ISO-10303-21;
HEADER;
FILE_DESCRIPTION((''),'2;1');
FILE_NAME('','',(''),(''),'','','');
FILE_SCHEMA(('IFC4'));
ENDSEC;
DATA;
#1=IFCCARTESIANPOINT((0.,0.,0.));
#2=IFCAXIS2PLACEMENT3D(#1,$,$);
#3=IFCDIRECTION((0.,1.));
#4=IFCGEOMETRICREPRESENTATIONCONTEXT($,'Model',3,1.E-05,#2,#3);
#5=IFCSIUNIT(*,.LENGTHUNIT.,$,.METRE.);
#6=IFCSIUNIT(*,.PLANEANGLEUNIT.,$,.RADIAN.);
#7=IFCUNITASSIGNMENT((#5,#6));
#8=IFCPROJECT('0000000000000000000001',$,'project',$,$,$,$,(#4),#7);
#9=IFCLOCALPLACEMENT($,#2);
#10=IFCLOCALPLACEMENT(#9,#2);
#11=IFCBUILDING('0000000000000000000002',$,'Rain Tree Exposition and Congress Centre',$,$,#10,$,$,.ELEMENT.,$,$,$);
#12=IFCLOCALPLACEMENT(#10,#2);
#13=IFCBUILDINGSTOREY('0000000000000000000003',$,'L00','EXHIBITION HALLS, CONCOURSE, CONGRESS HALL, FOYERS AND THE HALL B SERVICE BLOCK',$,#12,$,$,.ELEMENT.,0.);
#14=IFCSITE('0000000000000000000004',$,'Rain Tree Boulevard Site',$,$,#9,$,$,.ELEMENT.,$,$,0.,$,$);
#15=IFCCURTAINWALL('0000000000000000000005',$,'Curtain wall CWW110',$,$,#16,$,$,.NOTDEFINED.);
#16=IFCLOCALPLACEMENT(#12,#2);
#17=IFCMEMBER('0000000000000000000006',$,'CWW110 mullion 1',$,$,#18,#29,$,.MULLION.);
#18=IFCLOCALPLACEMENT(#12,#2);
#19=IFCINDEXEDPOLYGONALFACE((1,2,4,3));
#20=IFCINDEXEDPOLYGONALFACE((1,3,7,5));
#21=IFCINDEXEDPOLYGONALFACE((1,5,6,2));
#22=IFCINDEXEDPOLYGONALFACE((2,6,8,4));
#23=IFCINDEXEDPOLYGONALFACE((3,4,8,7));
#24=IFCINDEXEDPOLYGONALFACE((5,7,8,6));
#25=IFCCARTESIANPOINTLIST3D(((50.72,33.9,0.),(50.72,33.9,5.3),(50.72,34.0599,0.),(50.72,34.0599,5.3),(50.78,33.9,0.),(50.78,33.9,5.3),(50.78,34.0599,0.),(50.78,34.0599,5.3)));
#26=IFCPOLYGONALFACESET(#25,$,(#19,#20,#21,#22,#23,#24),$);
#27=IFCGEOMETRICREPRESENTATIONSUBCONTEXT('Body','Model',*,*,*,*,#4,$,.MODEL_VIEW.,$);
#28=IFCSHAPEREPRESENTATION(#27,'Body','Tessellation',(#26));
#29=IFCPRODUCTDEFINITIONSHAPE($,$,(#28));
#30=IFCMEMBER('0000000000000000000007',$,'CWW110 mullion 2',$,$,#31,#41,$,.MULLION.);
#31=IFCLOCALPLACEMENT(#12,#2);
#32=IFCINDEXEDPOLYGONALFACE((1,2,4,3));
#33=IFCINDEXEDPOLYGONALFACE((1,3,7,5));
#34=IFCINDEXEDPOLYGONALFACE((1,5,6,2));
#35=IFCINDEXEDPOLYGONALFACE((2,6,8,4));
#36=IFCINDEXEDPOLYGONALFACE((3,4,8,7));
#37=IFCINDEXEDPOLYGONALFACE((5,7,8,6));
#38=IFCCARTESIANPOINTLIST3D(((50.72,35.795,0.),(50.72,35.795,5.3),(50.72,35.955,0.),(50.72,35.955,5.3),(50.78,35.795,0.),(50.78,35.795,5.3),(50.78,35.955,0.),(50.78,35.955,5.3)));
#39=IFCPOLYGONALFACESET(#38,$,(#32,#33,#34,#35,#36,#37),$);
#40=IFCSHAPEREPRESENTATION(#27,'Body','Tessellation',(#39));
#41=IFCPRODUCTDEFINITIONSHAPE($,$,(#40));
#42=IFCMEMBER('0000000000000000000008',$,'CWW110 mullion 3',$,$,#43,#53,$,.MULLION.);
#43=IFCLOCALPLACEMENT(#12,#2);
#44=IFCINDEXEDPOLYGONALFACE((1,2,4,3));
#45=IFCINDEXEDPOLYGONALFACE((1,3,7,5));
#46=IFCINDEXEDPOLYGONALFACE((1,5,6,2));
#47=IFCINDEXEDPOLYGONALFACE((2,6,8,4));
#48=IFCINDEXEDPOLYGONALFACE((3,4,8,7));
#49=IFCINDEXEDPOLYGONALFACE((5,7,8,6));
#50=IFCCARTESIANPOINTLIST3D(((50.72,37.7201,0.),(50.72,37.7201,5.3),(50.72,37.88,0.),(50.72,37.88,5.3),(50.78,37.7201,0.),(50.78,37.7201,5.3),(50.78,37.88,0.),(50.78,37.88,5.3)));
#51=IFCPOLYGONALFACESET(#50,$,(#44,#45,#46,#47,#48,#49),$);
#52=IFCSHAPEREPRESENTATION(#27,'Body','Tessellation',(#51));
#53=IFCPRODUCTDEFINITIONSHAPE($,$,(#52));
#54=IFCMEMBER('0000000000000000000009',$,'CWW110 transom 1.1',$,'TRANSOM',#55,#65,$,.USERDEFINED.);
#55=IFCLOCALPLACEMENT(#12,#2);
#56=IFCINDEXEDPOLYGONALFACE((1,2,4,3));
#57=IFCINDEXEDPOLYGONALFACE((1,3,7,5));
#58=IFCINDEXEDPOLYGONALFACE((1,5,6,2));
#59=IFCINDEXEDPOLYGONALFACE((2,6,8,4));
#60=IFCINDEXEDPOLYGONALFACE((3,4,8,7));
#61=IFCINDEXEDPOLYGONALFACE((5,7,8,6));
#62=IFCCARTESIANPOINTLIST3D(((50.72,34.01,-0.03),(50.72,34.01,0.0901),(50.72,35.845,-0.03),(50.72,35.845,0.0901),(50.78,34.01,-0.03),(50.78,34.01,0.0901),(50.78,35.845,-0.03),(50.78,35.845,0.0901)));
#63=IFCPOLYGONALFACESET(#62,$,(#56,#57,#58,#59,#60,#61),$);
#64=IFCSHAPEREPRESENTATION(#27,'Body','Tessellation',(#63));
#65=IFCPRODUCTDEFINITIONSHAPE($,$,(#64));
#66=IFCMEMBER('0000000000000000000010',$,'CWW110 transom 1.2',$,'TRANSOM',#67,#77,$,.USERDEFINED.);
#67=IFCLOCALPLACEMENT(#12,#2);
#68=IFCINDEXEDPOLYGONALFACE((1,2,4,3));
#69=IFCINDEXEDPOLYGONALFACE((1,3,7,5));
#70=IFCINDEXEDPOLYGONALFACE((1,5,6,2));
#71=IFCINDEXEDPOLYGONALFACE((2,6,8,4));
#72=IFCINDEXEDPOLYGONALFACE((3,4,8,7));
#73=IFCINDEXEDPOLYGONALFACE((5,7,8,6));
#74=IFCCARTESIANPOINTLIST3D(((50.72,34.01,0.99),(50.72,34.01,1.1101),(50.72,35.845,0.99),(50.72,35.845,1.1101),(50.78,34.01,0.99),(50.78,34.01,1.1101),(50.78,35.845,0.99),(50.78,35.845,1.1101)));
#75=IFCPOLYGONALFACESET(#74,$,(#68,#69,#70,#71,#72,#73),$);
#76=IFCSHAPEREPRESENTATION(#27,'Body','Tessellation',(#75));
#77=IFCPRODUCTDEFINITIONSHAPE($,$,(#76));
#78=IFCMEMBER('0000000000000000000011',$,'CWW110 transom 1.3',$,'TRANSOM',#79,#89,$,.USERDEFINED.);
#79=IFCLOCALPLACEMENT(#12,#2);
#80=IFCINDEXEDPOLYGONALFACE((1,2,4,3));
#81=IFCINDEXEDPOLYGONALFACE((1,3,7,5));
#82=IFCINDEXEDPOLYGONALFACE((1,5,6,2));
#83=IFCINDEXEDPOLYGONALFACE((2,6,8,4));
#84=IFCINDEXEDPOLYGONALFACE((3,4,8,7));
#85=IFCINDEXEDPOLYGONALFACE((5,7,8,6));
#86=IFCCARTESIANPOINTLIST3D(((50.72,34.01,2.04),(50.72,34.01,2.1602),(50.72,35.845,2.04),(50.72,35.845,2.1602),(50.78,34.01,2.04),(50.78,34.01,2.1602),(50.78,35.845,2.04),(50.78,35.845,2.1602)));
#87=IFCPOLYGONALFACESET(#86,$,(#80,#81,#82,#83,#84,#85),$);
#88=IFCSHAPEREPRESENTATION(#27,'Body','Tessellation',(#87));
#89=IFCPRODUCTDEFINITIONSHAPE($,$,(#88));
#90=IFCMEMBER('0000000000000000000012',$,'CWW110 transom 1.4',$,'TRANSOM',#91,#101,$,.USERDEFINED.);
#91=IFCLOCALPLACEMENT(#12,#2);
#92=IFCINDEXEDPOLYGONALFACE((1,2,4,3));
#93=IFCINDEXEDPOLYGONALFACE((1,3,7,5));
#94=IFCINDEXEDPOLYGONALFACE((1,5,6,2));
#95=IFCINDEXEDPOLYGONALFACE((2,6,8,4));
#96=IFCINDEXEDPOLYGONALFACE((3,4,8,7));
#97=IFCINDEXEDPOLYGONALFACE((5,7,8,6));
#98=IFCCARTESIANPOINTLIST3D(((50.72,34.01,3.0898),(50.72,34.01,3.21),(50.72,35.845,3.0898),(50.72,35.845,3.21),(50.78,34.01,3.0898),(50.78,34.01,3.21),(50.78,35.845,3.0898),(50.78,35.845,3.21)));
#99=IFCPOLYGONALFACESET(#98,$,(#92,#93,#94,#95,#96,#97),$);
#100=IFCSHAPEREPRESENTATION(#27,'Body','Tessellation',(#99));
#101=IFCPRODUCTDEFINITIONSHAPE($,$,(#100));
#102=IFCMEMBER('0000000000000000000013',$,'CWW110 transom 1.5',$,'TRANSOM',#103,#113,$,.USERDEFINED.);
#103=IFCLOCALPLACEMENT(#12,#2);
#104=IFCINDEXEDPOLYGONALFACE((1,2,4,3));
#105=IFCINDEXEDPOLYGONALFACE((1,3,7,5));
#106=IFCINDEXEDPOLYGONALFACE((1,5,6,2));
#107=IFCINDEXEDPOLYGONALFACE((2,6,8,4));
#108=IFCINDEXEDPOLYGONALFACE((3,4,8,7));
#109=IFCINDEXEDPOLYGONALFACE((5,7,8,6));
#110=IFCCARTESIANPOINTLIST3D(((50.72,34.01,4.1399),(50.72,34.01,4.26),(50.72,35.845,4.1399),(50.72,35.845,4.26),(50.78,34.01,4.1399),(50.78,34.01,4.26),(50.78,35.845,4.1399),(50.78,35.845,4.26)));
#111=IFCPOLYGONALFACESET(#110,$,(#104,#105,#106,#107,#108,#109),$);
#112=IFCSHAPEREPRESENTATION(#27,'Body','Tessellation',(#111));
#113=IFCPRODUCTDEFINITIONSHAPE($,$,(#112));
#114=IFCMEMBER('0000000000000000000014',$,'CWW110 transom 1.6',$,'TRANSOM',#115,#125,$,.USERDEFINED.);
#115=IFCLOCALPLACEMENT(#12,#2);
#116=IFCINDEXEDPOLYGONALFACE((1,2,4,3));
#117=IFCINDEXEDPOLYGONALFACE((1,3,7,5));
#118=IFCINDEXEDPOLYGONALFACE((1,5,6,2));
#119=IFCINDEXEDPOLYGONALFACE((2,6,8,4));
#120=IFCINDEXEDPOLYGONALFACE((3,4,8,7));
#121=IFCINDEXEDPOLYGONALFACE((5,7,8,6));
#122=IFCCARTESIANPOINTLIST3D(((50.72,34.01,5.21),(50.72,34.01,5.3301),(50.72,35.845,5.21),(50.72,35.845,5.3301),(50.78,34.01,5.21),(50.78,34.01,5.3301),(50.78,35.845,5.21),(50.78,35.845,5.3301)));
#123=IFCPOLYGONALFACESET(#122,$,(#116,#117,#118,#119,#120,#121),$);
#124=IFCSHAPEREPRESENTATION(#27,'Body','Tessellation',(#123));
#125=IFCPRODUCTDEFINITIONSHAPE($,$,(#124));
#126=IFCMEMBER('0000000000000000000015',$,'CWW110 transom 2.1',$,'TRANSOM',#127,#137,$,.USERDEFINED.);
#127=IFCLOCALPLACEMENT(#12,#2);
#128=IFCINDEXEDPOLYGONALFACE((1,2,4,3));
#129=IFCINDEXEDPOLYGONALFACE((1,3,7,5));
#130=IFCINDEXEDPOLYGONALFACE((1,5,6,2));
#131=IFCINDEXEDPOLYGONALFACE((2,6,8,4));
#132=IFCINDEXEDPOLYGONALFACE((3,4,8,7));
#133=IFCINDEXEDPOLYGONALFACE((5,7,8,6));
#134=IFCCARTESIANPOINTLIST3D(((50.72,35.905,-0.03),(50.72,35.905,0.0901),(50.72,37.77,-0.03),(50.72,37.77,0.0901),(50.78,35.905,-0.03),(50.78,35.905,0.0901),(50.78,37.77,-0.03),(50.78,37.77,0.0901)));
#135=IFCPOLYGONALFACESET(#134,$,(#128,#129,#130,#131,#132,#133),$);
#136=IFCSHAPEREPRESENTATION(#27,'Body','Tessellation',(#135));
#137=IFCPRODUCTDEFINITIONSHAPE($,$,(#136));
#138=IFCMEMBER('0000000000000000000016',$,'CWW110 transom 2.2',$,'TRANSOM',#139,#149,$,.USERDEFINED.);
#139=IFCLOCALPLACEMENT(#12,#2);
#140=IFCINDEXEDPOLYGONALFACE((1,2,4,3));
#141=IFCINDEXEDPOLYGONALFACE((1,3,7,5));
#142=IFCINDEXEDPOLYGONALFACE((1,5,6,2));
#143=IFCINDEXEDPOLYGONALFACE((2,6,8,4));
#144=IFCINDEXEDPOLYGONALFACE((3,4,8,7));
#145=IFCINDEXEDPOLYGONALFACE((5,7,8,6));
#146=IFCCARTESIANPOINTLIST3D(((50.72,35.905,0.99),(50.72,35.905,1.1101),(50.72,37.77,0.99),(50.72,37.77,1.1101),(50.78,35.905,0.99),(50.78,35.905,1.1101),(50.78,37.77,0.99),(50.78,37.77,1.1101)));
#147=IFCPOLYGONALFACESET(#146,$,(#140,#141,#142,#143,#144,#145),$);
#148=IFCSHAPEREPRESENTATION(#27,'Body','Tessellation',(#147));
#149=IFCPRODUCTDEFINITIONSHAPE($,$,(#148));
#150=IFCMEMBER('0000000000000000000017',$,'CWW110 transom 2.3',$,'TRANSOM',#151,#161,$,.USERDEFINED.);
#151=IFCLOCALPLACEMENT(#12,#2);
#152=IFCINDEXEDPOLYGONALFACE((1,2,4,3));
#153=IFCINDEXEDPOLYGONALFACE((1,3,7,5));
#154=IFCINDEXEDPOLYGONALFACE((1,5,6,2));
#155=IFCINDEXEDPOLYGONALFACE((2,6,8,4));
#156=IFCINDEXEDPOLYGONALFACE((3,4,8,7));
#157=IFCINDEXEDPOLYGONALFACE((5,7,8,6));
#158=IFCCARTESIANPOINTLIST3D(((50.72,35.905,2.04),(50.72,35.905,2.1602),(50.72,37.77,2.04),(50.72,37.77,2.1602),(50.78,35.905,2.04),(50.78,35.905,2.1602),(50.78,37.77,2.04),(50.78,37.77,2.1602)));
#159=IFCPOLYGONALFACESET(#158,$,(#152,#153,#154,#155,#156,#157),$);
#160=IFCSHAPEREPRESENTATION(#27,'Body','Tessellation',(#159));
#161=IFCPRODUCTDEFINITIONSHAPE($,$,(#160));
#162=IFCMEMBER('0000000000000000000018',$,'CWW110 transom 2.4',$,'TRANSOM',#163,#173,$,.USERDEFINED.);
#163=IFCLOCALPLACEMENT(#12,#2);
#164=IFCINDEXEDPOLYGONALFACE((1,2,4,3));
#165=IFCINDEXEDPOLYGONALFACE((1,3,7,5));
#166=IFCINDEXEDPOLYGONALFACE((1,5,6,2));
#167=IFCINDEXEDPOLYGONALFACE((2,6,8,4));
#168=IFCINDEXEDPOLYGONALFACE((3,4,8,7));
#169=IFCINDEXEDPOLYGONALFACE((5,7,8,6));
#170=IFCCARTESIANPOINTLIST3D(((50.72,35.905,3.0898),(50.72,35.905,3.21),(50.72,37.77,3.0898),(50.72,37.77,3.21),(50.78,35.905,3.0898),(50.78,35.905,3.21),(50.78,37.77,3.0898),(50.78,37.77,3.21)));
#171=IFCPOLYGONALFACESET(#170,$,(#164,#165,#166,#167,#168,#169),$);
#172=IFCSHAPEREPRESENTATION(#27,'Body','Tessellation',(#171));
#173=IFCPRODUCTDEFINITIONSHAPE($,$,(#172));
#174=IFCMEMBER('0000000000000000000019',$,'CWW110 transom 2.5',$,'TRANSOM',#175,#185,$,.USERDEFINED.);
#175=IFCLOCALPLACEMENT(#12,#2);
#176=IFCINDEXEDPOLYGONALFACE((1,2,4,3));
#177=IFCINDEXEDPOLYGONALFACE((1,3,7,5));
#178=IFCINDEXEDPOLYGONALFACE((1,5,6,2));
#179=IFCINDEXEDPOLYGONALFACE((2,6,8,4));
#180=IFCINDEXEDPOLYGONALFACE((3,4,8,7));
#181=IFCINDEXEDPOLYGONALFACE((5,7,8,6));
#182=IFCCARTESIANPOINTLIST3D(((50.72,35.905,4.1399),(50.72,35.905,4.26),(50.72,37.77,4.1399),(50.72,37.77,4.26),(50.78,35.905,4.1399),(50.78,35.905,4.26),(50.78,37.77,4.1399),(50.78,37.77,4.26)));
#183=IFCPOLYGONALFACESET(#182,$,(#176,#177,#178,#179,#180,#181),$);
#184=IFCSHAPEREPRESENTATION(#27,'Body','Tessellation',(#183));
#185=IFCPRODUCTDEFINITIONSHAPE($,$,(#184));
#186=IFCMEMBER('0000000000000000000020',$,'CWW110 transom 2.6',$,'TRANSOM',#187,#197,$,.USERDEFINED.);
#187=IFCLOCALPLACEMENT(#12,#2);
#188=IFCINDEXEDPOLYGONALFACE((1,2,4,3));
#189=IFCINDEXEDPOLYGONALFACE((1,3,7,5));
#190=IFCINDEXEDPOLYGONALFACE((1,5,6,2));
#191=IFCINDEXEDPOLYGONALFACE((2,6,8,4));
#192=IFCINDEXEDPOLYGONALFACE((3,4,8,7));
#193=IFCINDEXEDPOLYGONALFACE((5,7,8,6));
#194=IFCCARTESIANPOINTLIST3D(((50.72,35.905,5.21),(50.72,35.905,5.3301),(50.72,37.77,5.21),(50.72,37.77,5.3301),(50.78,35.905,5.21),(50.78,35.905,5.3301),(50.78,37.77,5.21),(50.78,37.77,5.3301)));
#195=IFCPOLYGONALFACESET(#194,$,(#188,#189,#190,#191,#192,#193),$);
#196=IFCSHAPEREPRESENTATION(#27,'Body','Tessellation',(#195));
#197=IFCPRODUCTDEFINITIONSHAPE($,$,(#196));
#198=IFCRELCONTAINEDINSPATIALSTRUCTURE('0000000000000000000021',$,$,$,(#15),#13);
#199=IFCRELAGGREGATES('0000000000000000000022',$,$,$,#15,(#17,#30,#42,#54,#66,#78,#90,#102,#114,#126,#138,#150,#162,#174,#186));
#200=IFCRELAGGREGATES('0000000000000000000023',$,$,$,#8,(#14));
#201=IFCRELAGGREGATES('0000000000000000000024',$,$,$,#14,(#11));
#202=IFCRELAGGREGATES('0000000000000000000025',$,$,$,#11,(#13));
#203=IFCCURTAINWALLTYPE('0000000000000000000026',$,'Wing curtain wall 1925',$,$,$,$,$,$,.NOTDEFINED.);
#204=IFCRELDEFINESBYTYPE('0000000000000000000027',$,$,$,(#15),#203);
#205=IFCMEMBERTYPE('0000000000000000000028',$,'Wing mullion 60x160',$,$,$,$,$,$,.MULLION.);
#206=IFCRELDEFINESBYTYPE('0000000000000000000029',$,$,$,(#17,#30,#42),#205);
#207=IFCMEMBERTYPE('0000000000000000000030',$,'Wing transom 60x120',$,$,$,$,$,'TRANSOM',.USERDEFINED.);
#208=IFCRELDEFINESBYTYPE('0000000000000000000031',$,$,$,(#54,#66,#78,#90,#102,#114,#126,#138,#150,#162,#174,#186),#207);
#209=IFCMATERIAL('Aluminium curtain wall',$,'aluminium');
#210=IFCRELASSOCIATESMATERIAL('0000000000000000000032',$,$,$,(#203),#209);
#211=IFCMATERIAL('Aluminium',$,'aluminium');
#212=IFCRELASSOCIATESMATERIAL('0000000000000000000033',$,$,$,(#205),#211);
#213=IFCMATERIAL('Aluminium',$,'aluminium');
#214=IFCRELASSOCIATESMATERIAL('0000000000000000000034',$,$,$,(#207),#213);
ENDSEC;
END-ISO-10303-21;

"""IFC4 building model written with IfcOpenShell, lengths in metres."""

from ifc_helpers import new_model, si_unit, direction, frame, origin, origin_2d, place, context, subcontext, project, spatial, rectangle, extrude, material, material_profile, profile_set, type_object, element, aggregate, save


model = new_model("IFC4")

# Units and contexts
model_context = context("Model", 3, precision=1e-05, world=origin(), true_north=direction((0.0, 1.0)))
body_context = subcontext(model_context, "Body", "Model", "MODEL_VIEW")
ifc_project = project(units=[si_unit("LENGTHUNIT", "METRE"), si_unit("PLANEANGLEUNIT", "RADIAN")], contexts=[model_context])

# Site, building, storey
site_placement = place(None, origin())
site = spatial("IfcSite", under=ifc_project, at=site_placement, Name="Rain Tree Boulevard Site", CompositionType="ELEMENT", RefElevation=0.0)
building_placement = place(site_placement, origin())
building = spatial("IfcBuilding", under=site, at=building_placement, Name="Rain Tree Exposition and Congress Centre", CompositionType="ELEMENT")
storey_placement = place(building_placement, origin())
storey = spatial("IfcBuildingStorey", under=building, at=storey_placement, Name="L00", Description="EXHIBITION HALLS, CONCOURSE, CONGRESS HALL, FOYERS AND THE HALL B SERVICE BLOCK", CompositionType="ELEMENT", Elevation=0.0)

# Curtain wall, members
ifc_material_1 = material(Name="Aluminium curtain wall", Category="aluminium")
curtain_wall_type = type_object("IfcCurtainWallType", Name="Wing curtain wall 1925", PredefinedType="NOTDEFINED", material=ifc_material_1)
curtain_wall_placement = place(storey_placement, origin())
curtain_wall = element("IfcCurtainWall", 1, at=curtain_wall_placement, inside=storey, type_object=curtain_wall_type, Name="Curtain wall CWW110", PredefinedType="NOTDEFINED")
ifc_material_2 = material(Name="Aluminium", Category="aluminium")
ifc_material_profile_1 = material_profile(ifc_material_2, rectangle(XDim=0.0601, YDim=0.1599, at=origin_2d()), Name="Aluminium 60x160")
ifc_profile_set_1 = profile_set([ifc_material_profile_1], Name="Aluminium")
member_type_1 = type_object("IfcMemberType", Name="Wing mullion 60x160", PredefinedType="MULLION", material=ifc_profile_set_1)
member_1_placement = place(storey_placement, frame((50.75, 33.98, 0.0), z_axis=(0.0, 0.0, 1.0), x_axis=(-1.0, 0.0, 0.0)))
member_1 = element("IfcMember", 2, at=member_1_placement, type_object=member_type_1, Name="CWW110 mullion 1", PredefinedType="MULLION", context=body_context, shape_type="SweptSolid", body=[
    extrude(rectangle(XDim=0.0601, YDim=0.1599, at=origin_2d()), origin(), (0.0, 0.0, 1.0), 5.3),
])
member_2_placement = place(storey_placement, frame((50.75, 35.875, 0.0), z_axis=(0.0, 0.0, 1.0), x_axis=(-1.0, 0.0, 0.0)))
member_2 = element("IfcMember", 3, at=member_2_placement, type_object=member_type_1, Name="CWW110 mullion 2", PredefinedType="MULLION", context=body_context, shape_type="SweptSolid", body=[
    extrude(rectangle(XDim=0.0601, YDim=0.1599, at=origin_2d()), origin(), (0.0, 0.0, 1.0), 5.3),
])
member_3_placement = place(storey_placement, frame((50.75, 37.8, 0.0), z_axis=(0.0, 0.0, 1.0), x_axis=(-1.0, 0.0, 0.0)))
member_3 = element("IfcMember", 4, at=member_3_placement, type_object=member_type_1, Name="CWW110 mullion 3", PredefinedType="MULLION", context=body_context, shape_type="SweptSolid", body=[
    extrude(rectangle(XDim=0.0601, YDim=0.1599, at=origin_2d()), origin(), (0.0, 0.0, 1.0), 5.3),
])
ifc_material_3 = material(Name="Aluminium", Category="aluminium")
ifc_material_profile_2 = material_profile(ifc_material_3, rectangle(XDim=0.0601, YDim=0.1201, at=origin_2d()), Name="Aluminium 60x120")
ifc_profile_set_2 = profile_set([ifc_material_profile_2], Name="Aluminium")
member_type_2 = type_object("IfcMemberType", Name="Wing transom 60x120", ElementType="TRANSOM", PredefinedType="USERDEFINED", material=ifc_profile_set_2)
member_4_placement = place(storey_placement, frame((50.75, 34.01, 0.03), z_axis=(0.0, 1.0, 0.0), x_axis=(-1.0, 0.0, 0.0)))
member_4 = element("IfcMember", 5, at=member_4_placement, type_object=member_type_2, Name="CWW110 transom 1.1", ObjectType="TRANSOM", PredefinedType="USERDEFINED", context=body_context, shape_type="SweptSolid", body=[
    extrude(rectangle(XDim=0.0601, YDim=0.1201, at=origin_2d()), origin(), (0.0, 0.0, 1.0), 1.835),
])
member_5_placement = place(storey_placement, frame((50.75, 34.01, 1.05), z_axis=(0.0, 1.0, 0.0), x_axis=(-1.0, 0.0, 0.0)))
member_5 = element("IfcMember", 6, at=member_5_placement, type_object=member_type_2, Name="CWW110 transom 1.2", ObjectType="TRANSOM", PredefinedType="USERDEFINED", context=body_context, shape_type="SweptSolid", body=[
    extrude(rectangle(XDim=0.0601, YDim=0.1201, at=origin_2d()), origin(), (0.0, 0.0, 1.0), 1.835),
])
member_6_placement = place(storey_placement, frame((50.75, 34.01, 2.1001), z_axis=(0.0, 1.0, 0.0), x_axis=(-1.0, 0.0, 0.0)))
member_6 = element("IfcMember", 7, at=member_6_placement, type_object=member_type_2, Name="CWW110 transom 1.3", ObjectType="TRANSOM", PredefinedType="USERDEFINED", context=body_context, shape_type="SweptSolid", body=[
    extrude(rectangle(XDim=0.0601, YDim=0.1201, at=origin_2d()), origin(), (0.0, 0.0, 1.0), 1.835),
])
member_7_placement = place(storey_placement, frame((50.75, 34.01, 3.1499), z_axis=(0.0, 1.0, 0.0), x_axis=(-1.0, 0.0, 0.0)))
member_7 = element("IfcMember", 8, at=member_7_placement, type_object=member_type_2, Name="CWW110 transom 1.4", ObjectType="TRANSOM", PredefinedType="USERDEFINED", context=body_context, shape_type="SweptSolid", body=[
    extrude(rectangle(XDim=0.0601, YDim=0.1201, at=origin_2d()), origin(), (0.0, 0.0, 1.0), 1.835),
])
member_8_placement = place(storey_placement, frame((50.75, 34.01, 4.2), z_axis=(0.0, 1.0, 0.0), x_axis=(-1.0, 0.0, 0.0)))
member_8 = element("IfcMember", 9, at=member_8_placement, type_object=member_type_2, Name="CWW110 transom 1.5", ObjectType="TRANSOM", PredefinedType="USERDEFINED", context=body_context, shape_type="SweptSolid", body=[
    extrude(rectangle(XDim=0.0601, YDim=0.1201, at=origin_2d()), origin(), (0.0, 0.0, 1.0), 1.835),
])
member_9_placement = place(storey_placement, frame((50.75, 34.01, 5.27), z_axis=(0.0, 1.0, 0.0), x_axis=(-1.0, 0.0, 0.0)))
member_9 = element("IfcMember", 10, at=member_9_placement, type_object=member_type_2, Name="CWW110 transom 1.6", ObjectType="TRANSOM", PredefinedType="USERDEFINED", context=body_context, shape_type="SweptSolid", body=[
    extrude(rectangle(XDim=0.0601, YDim=0.1201, at=origin_2d()), origin(), (0.0, 0.0, 1.0), 1.835),
])
member_10_placement = place(storey_placement, frame((50.75, 35.905, 0.03), z_axis=(0.0, 1.0, 0.0), x_axis=(-1.0, 0.0, 0.0)))
member_10 = element("IfcMember", 11, at=member_10_placement, type_object=member_type_2, Name="CWW110 transom 2.1", ObjectType="TRANSOM", PredefinedType="USERDEFINED", context=body_context, shape_type="SweptSolid", body=[
    extrude(rectangle(XDim=0.0601, YDim=0.1201, at=origin_2d()), origin(), (0.0, 0.0, 1.0), 1.865),
])
member_11_placement = place(storey_placement, frame((50.75, 35.905, 1.05), z_axis=(0.0, 1.0, 0.0), x_axis=(-1.0, 0.0, 0.0)))
member_11 = element("IfcMember", 12, at=member_11_placement, type_object=member_type_2, Name="CWW110 transom 2.2", ObjectType="TRANSOM", PredefinedType="USERDEFINED", context=body_context, shape_type="SweptSolid", body=[
    extrude(rectangle(XDim=0.0601, YDim=0.1201, at=origin_2d()), origin(), (0.0, 0.0, 1.0), 1.865),
])
member_12_placement = place(storey_placement, frame((50.75, 35.905, 2.1001), z_axis=(0.0, 1.0, 0.0), x_axis=(-1.0, 0.0, 0.0)))
member_12 = element("IfcMember", 13, at=member_12_placement, type_object=member_type_2, Name="CWW110 transom 2.3", ObjectType="TRANSOM", PredefinedType="USERDEFINED", context=body_context, shape_type="SweptSolid", body=[
    extrude(rectangle(XDim=0.0601, YDim=0.1201, at=origin_2d()), origin(), (0.0, 0.0, 1.0), 1.865),
])
member_13_placement = place(storey_placement, frame((50.75, 35.905, 3.1499), z_axis=(0.0, 1.0, 0.0), x_axis=(-1.0, 0.0, 0.0)))
member_13 = element("IfcMember", 14, at=member_13_placement, type_object=member_type_2, Name="CWW110 transom 2.4", ObjectType="TRANSOM", PredefinedType="USERDEFINED", context=body_context, shape_type="SweptSolid", body=[
    extrude(rectangle(XDim=0.0601, YDim=0.1201, at=origin_2d()), origin(), (0.0, 0.0, 1.0), 1.865),
])
member_14_placement = place(storey_placement, frame((50.75, 35.905, 4.2), z_axis=(0.0, 1.0, 0.0), x_axis=(-1.0, 0.0, 0.0)))
member_14 = element("IfcMember", 15, at=member_14_placement, type_object=member_type_2, Name="CWW110 transom 2.5", ObjectType="TRANSOM", PredefinedType="USERDEFINED", context=body_context, shape_type="SweptSolid", body=[
    extrude(rectangle(XDim=0.0601, YDim=0.1201, at=origin_2d()), origin(), (0.0, 0.0, 1.0), 1.865),
])
member_15_placement = place(storey_placement, frame((50.75, 35.905, 5.27), z_axis=(0.0, 1.0, 0.0), x_axis=(-1.0, 0.0, 0.0)))
member_15 = element("IfcMember", 16, at=member_15_placement, type_object=member_type_2, Name="CWW110 transom 2.6", ObjectType="TRANSOM", PredefinedType="USERDEFINED", context=body_context, shape_type="SweptSolid", body=[
    extrude(rectangle(XDim=0.0601, YDim=0.1201, at=origin_2d()), origin(), (0.0, 0.0, 1.0), 1.865),
])
aggregate(curtain_wall, [member_1, member_2, member_3, member_4, member_5, member_6, member_7, member_8, member_9, member_10, member_11, member_12, member_13, member_14, member_15])

save(model, "model.ifc")
